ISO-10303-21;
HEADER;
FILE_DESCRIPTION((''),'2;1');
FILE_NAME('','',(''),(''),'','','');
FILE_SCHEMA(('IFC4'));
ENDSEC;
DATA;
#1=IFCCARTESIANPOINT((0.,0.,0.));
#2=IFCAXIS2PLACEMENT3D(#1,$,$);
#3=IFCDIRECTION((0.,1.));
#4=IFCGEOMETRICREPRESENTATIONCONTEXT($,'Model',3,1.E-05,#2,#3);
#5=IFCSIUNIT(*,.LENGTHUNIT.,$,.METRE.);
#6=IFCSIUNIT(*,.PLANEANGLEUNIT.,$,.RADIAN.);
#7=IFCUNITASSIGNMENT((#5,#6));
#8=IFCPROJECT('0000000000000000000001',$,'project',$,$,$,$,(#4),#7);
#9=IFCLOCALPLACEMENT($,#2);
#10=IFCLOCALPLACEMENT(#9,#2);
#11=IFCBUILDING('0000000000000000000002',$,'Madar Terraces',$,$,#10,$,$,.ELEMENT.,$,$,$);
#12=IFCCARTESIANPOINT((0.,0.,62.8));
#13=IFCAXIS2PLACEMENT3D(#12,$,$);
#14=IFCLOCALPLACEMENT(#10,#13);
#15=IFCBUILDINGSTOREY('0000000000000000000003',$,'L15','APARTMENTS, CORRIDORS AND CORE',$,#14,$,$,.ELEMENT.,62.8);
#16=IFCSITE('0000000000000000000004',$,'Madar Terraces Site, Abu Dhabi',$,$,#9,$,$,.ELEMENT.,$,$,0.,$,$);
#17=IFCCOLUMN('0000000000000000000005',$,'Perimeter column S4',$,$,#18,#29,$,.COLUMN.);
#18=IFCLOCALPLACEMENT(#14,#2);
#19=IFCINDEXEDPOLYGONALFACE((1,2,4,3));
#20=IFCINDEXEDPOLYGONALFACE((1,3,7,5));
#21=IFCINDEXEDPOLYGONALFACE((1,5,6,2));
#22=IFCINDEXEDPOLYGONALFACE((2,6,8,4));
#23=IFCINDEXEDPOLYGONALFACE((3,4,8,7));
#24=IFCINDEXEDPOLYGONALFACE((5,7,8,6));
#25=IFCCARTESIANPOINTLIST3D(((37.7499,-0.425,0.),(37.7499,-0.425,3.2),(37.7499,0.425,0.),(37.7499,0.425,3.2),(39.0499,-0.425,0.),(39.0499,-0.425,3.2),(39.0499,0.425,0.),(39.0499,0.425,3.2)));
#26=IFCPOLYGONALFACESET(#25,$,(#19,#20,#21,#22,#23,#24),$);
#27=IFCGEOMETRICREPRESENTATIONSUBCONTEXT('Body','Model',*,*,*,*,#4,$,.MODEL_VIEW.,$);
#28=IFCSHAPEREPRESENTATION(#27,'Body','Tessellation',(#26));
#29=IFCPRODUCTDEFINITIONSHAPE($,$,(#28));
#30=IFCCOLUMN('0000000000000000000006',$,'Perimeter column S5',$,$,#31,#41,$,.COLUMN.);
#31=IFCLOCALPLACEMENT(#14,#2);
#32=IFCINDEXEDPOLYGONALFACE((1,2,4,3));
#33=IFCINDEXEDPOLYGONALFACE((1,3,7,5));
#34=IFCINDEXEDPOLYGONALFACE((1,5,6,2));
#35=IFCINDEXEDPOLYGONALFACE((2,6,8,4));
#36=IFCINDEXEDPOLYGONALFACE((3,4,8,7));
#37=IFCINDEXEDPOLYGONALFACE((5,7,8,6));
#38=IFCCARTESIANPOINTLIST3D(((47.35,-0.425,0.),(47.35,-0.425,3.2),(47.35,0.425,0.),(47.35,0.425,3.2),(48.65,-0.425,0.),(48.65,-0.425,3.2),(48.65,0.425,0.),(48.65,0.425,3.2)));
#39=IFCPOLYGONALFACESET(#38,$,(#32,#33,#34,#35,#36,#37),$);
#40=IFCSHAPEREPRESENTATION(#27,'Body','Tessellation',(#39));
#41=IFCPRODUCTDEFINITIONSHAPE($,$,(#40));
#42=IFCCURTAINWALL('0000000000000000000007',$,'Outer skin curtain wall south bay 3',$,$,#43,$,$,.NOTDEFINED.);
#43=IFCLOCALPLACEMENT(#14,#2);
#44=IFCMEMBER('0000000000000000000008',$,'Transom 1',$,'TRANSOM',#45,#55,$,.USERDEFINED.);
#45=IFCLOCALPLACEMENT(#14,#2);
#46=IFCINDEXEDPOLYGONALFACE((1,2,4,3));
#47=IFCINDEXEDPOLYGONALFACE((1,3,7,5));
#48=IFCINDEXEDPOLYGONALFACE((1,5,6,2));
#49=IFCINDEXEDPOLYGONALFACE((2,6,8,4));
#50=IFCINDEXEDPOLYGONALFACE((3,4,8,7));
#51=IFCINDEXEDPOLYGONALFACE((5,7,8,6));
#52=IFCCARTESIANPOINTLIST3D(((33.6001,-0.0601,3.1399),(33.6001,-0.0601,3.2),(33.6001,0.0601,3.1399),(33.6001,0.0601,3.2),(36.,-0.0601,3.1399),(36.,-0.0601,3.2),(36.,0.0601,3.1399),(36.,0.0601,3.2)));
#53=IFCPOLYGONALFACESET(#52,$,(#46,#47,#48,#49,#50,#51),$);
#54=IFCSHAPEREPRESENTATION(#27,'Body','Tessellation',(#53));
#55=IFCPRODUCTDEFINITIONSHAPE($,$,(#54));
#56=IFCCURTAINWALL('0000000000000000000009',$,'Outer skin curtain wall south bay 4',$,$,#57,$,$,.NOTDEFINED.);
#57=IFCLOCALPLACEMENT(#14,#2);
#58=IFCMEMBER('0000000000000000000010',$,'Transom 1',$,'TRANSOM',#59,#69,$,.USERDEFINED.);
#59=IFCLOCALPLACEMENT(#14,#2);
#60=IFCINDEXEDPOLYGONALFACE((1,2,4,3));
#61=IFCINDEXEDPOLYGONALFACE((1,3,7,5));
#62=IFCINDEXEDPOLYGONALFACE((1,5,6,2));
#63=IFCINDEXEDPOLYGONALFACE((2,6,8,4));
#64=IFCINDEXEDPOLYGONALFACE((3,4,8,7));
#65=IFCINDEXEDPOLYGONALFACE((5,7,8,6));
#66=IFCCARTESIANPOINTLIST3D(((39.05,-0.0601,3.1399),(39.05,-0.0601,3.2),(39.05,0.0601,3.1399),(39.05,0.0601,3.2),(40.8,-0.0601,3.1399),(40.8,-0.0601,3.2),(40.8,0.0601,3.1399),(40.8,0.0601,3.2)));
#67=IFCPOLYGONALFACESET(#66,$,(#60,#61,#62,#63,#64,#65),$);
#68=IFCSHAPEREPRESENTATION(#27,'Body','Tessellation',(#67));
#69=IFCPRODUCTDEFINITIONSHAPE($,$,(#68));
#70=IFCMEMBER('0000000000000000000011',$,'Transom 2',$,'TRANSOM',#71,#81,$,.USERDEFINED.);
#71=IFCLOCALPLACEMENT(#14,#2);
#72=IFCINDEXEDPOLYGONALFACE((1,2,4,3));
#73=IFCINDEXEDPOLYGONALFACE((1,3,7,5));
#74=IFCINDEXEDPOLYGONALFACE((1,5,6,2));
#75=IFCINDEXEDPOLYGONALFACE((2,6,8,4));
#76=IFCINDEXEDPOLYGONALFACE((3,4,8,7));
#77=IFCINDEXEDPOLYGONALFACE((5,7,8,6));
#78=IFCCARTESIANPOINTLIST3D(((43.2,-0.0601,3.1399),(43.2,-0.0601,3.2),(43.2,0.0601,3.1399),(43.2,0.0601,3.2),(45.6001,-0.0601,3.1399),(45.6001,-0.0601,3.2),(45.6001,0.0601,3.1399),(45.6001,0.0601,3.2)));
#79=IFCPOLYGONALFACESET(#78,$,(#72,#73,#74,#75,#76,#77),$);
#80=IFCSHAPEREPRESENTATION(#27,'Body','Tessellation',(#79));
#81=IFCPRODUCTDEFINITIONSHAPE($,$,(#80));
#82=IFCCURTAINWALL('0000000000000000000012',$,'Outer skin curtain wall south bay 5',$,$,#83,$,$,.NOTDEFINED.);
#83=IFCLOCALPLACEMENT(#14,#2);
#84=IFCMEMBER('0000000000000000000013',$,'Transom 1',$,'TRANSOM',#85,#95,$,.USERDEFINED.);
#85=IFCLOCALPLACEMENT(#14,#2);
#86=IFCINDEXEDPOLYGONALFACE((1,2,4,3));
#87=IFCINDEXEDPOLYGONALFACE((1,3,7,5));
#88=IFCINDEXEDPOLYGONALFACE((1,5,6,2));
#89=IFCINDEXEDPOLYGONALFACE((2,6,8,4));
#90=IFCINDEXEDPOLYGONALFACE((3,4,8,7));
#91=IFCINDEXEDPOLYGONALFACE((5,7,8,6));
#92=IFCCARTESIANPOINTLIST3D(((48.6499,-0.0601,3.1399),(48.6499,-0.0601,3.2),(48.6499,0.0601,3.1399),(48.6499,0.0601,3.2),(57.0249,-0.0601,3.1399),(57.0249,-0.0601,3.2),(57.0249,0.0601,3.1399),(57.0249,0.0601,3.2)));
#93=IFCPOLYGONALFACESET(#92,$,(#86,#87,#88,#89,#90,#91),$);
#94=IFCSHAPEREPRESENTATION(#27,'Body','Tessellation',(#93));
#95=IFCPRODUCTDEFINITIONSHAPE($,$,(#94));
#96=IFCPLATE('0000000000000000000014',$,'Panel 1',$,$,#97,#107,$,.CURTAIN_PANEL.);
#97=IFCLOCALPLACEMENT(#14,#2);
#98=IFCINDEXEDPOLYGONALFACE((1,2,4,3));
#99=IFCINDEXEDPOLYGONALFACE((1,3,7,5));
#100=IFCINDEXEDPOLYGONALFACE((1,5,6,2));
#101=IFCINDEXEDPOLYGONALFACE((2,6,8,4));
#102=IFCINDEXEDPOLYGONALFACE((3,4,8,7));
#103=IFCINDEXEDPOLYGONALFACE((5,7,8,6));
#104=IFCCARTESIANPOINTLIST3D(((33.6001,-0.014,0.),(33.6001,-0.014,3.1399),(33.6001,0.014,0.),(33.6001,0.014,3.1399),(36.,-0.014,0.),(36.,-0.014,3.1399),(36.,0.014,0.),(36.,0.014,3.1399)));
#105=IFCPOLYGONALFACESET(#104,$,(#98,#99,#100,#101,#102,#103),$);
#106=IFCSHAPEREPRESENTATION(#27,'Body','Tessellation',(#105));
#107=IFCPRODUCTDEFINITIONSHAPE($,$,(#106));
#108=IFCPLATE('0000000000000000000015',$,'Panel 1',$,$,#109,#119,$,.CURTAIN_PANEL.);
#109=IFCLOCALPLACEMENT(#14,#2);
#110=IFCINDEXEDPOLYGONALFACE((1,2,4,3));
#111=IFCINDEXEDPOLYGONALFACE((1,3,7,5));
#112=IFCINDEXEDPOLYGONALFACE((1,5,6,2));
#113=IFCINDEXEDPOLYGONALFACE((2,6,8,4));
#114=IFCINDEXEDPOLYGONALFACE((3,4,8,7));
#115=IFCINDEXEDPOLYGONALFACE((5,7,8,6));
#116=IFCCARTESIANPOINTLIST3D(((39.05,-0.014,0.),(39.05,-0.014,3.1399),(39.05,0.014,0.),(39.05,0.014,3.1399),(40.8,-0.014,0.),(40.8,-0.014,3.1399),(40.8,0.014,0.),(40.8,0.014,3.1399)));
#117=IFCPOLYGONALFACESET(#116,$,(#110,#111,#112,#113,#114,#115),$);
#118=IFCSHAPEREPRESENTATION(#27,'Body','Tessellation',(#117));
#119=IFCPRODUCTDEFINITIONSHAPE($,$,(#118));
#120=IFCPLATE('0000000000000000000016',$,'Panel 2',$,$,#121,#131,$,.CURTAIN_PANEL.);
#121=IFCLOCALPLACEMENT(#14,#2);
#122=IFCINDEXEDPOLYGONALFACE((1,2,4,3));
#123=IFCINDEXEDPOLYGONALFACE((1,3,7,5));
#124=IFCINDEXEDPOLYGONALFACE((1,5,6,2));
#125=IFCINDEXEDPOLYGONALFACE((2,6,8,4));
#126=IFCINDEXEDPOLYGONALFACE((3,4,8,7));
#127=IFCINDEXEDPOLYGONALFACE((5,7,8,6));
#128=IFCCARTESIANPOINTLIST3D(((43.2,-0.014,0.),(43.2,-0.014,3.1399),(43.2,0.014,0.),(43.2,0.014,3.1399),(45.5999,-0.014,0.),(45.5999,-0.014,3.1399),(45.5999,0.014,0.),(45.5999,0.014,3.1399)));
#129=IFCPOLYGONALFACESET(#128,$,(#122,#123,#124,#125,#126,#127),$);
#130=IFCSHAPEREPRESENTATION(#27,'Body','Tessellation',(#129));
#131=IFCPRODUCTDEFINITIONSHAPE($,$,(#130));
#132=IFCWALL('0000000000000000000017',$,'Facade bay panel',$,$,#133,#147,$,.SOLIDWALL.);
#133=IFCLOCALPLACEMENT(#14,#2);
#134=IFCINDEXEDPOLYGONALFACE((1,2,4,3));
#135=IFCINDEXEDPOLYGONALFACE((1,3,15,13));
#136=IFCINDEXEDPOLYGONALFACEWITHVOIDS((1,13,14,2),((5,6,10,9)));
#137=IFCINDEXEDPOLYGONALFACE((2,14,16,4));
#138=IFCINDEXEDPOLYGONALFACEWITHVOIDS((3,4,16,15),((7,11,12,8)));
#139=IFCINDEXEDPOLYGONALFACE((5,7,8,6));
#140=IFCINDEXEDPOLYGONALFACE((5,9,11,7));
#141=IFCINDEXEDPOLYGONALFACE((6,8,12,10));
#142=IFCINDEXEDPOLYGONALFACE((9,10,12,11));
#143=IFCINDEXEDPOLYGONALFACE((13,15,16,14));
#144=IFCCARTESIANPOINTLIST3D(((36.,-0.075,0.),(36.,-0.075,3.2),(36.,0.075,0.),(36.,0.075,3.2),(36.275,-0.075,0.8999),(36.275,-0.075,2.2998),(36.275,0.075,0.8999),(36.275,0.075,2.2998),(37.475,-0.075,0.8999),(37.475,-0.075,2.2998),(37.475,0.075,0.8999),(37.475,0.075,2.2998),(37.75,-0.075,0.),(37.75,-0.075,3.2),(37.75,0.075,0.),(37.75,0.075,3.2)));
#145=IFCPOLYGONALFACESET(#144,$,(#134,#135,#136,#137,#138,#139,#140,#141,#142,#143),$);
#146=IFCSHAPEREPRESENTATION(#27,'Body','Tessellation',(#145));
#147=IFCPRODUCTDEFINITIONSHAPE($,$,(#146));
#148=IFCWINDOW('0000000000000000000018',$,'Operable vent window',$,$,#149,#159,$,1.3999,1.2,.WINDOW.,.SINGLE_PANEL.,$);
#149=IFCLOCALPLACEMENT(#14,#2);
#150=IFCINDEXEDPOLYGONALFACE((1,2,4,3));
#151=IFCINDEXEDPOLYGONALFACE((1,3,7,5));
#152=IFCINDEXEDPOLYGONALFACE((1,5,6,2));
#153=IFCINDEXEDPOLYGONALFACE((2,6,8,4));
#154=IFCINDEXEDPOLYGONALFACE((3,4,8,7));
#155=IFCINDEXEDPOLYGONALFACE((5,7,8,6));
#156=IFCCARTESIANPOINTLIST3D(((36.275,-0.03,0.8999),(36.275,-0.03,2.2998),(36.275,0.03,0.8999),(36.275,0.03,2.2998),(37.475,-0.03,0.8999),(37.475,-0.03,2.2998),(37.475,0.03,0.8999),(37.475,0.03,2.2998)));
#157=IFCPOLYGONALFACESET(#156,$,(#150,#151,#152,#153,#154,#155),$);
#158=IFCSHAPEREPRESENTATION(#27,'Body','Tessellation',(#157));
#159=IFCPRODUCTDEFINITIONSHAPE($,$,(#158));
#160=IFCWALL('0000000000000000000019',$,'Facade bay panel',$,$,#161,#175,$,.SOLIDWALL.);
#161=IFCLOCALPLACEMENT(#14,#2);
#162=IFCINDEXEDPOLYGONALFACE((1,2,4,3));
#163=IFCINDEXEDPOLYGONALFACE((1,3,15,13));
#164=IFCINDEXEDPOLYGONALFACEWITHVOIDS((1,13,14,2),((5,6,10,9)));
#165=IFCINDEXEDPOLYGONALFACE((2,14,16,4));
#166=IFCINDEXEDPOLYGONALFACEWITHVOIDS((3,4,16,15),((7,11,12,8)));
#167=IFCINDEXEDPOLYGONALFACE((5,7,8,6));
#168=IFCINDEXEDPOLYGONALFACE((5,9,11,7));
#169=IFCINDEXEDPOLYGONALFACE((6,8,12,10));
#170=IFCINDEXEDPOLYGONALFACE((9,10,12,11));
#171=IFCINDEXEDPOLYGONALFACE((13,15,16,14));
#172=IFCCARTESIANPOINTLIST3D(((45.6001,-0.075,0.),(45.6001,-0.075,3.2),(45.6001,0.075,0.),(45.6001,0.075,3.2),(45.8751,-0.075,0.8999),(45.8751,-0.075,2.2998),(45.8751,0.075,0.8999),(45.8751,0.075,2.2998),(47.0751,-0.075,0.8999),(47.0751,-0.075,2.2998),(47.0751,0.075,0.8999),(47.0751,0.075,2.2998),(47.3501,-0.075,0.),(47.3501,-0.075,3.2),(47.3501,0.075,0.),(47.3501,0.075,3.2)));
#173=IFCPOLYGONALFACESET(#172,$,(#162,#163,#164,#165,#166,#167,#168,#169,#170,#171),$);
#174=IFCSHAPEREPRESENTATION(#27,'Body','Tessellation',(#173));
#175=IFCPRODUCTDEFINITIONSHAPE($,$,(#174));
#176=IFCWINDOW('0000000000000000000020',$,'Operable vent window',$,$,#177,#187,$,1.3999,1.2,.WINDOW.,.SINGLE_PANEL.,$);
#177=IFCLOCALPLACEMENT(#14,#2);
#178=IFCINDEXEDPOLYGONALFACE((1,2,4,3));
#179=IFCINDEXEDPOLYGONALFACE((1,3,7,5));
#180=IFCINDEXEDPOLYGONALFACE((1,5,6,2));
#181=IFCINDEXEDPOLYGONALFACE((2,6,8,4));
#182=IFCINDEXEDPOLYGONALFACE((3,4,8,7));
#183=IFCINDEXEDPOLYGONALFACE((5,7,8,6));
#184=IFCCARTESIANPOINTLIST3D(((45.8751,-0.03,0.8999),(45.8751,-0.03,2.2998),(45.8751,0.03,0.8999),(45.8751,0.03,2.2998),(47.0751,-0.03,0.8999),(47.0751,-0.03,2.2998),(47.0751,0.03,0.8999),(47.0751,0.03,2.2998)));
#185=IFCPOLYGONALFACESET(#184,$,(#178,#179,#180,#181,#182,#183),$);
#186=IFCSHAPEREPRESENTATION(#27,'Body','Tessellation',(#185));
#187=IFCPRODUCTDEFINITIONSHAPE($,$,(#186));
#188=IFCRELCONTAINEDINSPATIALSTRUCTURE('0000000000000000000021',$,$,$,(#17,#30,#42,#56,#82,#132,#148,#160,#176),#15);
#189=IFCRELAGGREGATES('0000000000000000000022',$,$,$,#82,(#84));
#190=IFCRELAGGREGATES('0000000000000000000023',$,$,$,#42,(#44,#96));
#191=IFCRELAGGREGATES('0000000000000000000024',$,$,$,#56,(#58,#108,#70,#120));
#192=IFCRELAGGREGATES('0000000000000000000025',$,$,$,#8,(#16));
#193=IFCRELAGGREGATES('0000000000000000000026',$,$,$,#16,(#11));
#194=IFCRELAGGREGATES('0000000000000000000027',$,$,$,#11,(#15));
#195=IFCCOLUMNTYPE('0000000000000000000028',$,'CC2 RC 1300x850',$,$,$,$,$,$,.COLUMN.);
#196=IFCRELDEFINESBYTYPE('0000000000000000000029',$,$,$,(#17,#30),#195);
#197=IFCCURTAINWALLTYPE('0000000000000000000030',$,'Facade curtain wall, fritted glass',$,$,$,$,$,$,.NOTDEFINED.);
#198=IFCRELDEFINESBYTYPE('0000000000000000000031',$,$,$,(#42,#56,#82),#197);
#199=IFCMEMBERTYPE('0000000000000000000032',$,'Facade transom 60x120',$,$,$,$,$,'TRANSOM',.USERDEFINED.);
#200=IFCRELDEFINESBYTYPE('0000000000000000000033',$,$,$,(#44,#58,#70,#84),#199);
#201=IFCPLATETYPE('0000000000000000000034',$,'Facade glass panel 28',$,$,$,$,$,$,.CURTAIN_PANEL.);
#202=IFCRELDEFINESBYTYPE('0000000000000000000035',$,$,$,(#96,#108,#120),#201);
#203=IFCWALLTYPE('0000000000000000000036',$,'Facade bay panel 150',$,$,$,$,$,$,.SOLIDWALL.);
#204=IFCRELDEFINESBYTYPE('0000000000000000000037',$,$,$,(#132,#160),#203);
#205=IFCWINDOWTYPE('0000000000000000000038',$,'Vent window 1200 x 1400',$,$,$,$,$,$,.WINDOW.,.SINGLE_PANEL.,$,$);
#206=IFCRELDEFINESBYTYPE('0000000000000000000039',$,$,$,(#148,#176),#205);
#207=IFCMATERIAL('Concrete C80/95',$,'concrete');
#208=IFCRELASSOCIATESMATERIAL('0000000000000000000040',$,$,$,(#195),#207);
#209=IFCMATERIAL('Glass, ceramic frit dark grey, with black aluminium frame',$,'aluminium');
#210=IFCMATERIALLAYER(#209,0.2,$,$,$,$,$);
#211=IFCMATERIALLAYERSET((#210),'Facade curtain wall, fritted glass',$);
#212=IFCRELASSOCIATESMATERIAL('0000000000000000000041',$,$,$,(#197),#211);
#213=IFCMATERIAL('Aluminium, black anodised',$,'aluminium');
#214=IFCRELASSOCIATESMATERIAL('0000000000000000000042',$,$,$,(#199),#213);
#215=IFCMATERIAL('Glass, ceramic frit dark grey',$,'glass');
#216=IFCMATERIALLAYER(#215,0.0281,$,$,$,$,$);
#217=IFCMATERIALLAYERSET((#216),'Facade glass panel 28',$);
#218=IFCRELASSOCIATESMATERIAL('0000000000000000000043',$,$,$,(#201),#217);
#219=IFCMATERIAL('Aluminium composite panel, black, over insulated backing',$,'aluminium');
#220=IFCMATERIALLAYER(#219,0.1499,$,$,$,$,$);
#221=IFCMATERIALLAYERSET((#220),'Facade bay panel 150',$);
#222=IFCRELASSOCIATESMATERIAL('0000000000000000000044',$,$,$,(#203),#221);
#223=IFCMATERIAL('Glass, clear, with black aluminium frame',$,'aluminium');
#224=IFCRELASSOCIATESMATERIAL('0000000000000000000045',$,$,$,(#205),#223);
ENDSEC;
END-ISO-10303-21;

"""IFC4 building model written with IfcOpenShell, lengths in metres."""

from ifc_helpers import new_model, si_unit, direction, frame, frame_2d, origin, origin_2d, place, context, subcontext, project, spatial, rectangle, extrude, material, layer, layer_set, material_profile, profile_set, type_object, element, fill, aggregate, save


model = new_model("IFC4")

# Units and contexts
model_context = context("Model", 3, precision=1e-05, world=origin(), true_north=direction((0.0, 1.0)))
body_context = subcontext(model_context, "Body", "Model", "MODEL_VIEW")
ifc_project = project(units=[si_unit("LENGTHUNIT", "METRE"), si_unit("PLANEANGLEUNIT", "RADIAN")], contexts=[model_context])

# Site, building, storey
site_placement = place(None, origin())
site = spatial("IfcSite", under=ifc_project, at=site_placement, Name="Madar Terraces Site, Abu Dhabi", CompositionType="ELEMENT", RefElevation=0.0)
building_placement = place(site_placement, origin())
building = spatial("IfcBuilding", under=site, at=building_placement, Name="Madar Terraces", CompositionType="ELEMENT")
storey_placement = place(building_placement, frame((0.0, 0.0, 62.8)))
storey = spatial("IfcBuildingStorey", under=building, at=storey_placement, Name="L15", Description="APARTMENTS, CORRIDORS AND CORE", CompositionType="ELEMENT", Elevation=62.8)

# Columns
ifc_material_1 = material(Name="Concrete C80/95", Category="concrete")
ifc_material_profile_1 = material_profile(ifc_material_1, rectangle(XDim=1.3, YDim=0.8501, at=origin_2d()), Name="CC2 RC 1300x850")
ifc_profile_set_1 = profile_set([ifc_material_profile_1], Name="Concrete C80/95")
column_type = type_object("IfcColumnType", Name="CC2 RC 1300x850", PredefinedType="COLUMN", material=ifc_profile_set_1)
for number, where, z_axis, x_axis, name in (
    (1, (38.3999, 0.0, 0.0), (0.0, 0.0, 1.0), (1.0, 0.0, 0.0), "Perimeter column S4"),
    (2, (48.0, 0.0, 0.0), (0.0, 0.0, 1.0), (1.0, 0.0, 0.0), "Perimeter column S5"),
):
    element("IfcColumn", number, at=place(storey_placement, frame(where, z_axis=z_axis, x_axis=x_axis)), inside=storey, type_object=column_type, Name=name, PredefinedType="COLUMN", context=body_context, shape_type="SweptSolid", body=[
        extrude(rectangle(XDim=1.3, YDim=0.8501, at=origin_2d()), origin(), (0.0, 0.0, 1.0), 3.2),
    ])

# Curtain wall, member
ifc_material_2 = material(Name="Glass, ceramic frit dark grey, with black aluminium frame", Category="aluminium")
ifc_layer_1 = layer(ifc_material_2, 0.2)
ifc_layer_set_1 = layer_set([ifc_layer_1], Name="Facade curtain wall, fritted glass")
curtain_wall_type = type_object("IfcCurtainWallType", Name="Facade curtain wall, fritted glass", PredefinedType="NOTDEFINED", material=ifc_layer_set_1)
curtain_wall_1_placement = place(storey_placement, origin())
curtain_wall_1 = element("IfcCurtainWall", 3, at=curtain_wall_1_placement, inside=storey, type_object=curtain_wall_type, Name="Outer skin curtain wall south bay 3", PredefinedType="NOTDEFINED")
ifc_material_3 = material(Name="Aluminium, black anodised", Category="aluminium")
ifc_material_profile_2 = material_profile(ifc_material_3, rectangle(XDim=0.1201, YDim=0.0601, at=origin_2d()), Name="Facade transom 60x120")
ifc_profile_set_2 = profile_set([ifc_material_profile_2], Name="Aluminium, black anodised")
member_type = type_object("IfcMemberType", Name="Facade transom 60x120", ElementType="TRANSOM", PredefinedType="USERDEFINED", material=ifc_profile_set_2)
member_1_placement = place(storey_placement, frame((33.6001, 0.0, 3.1699), z_axis=(1.0, 0.0, 0.0), x_axis=(0.0, 1.0, 0.0)))
member_1 = element("IfcMember", 4, at=member_1_placement, type_object=member_type, Name="Transom 1", ObjectType="TRANSOM", PredefinedType="USERDEFINED", context=body_context, shape_type="SweptSolid", body=[
    extrude(rectangle(XDim=0.1201, YDim=0.0601, at=origin_2d()), origin(), (0.0, 0.0, 1.0), 2.3999),
])

# Curtain wall, members
curtain_wall_2_placement = place(storey_placement, origin())
curtain_wall_2 = element("IfcCurtainWall", 5, at=curtain_wall_2_placement, inside=storey, type_object=curtain_wall_type, Name="Outer skin curtain wall south bay 4", PredefinedType="NOTDEFINED")
member_2_placement = place(storey_placement, frame((39.05, 0.0, 3.1699), z_axis=(1.0, 0.0, 0.0), x_axis=(0.0, 1.0, 0.0)))
member_2 = element("IfcMember", 6, at=member_2_placement, type_object=member_type, Name="Transom 1", ObjectType="TRANSOM", PredefinedType="USERDEFINED", context=body_context, shape_type="SweptSolid", body=[
    extrude(rectangle(XDim=0.1201, YDim=0.0601, at=origin_2d()), origin(), (0.0, 0.0, 1.0), 1.75),
])
member_3_placement = place(storey_placement, frame((43.2, 0.0, 3.1699), z_axis=(1.0, 0.0, 0.0), x_axis=(0.0, 1.0, 0.0)))
member_3 = element("IfcMember", 7, at=member_3_placement, type_object=member_type, Name="Transom 2", ObjectType="TRANSOM", PredefinedType="USERDEFINED", context=body_context, shape_type="SweptSolid", body=[
    extrude(rectangle(XDim=0.1201, YDim=0.0601, at=origin_2d()), origin(), (0.0, 0.0, 1.0), 2.4001),
])

# Curtain wall, member
curtain_wall_3_placement = place(storey_placement, origin())
curtain_wall_3 = element("IfcCurtainWall", 8, at=curtain_wall_3_placement, inside=storey, type_object=curtain_wall_type, Name="Outer skin curtain wall south bay 5", PredefinedType="NOTDEFINED")
member_4_placement = place(storey_placement, frame((48.6499, 0.0, 3.1699), z_axis=(1.0, 0.0, 0.0), x_axis=(0.0, 1.0, 0.0)))
member_4 = element("IfcMember", 9, at=member_4_placement, type_object=member_type, Name="Transom 1", ObjectType="TRANSOM", PredefinedType="USERDEFINED", context=body_context, shape_type="SweptSolid", body=[
    extrude(rectangle(XDim=0.1201, YDim=0.0601, at=origin_2d()), origin(), (0.0, 0.0, 1.0), 8.375),
])
aggregate(curtain_wall_3, [member_4])

# Plates
ifc_material_4 = material(Name="Glass, ceramic frit dark grey", Category="glass")
ifc_layer_2 = layer(ifc_material_4, 0.0281)
ifc_layer_set_2 = layer_set([ifc_layer_2], Name="Facade glass panel 28")
plate_type = type_object("IfcPlateType", Name="Facade glass panel 28", PredefinedType="CURTAIN_PANEL", material=ifc_layer_set_2)
plate_1_placement = place(storey_placement, frame((34.8, 0.0, 0.0), z_axis=(0.0, 0.0, 1.0), x_axis=(1.0, 0.0, 0.0)))
plate_1 = element("IfcPlate", 10, at=plate_1_placement, type_object=plate_type, Name="Panel 1", PredefinedType="CURTAIN_PANEL", context=body_context, shape_type="SweptSolid", body=[
    extrude(rectangle(XDim=2.3999, YDim=0.0281, at=origin_2d()), origin(), (0.0, 0.0, 1.0), 3.1399),
])
aggregate(curtain_wall_1, [member_1, plate_1])
plate_2_placement = place(storey_placement, frame((39.925, 0.0, 0.0), z_axis=(0.0, 0.0, 1.0), x_axis=(1.0, 0.0, 0.0)))
plate_2 = element("IfcPlate", 11, at=plate_2_placement, type_object=plate_type, Name="Panel 1", PredefinedType="CURTAIN_PANEL", context=body_context, shape_type="SweptSolid", body=[
    extrude(rectangle(XDim=1.75, YDim=0.0281, at=origin_2d()), origin(), (0.0, 0.0, 1.0), 3.1399),
])
plate_3_placement = place(storey_placement, frame((44.3999, 0.0, 0.0), z_axis=(0.0, 0.0, 1.0), x_axis=(1.0, 0.0, 0.0)))
plate_3 = element("IfcPlate", 12, at=plate_3_placement, type_object=plate_type, Name="Panel 2", PredefinedType="CURTAIN_PANEL", context=body_context, shape_type="SweptSolid", body=[
    extrude(rectangle(XDim=2.3999, YDim=0.0281, at=origin_2d()), origin(), (0.0, 0.0, 1.0), 3.1399),
])
aggregate(curtain_wall_2, [member_2, plate_2, member_3, plate_3])

# Wall, opening, window
ifc_material_5 = material(Name="Aluminium composite panel, black, over insulated backing", Category="aluminium")
ifc_layer_3 = layer(ifc_material_5, 0.1499)
ifc_layer_set_3 = layer_set([ifc_layer_3], Name="Facade bay panel 150")
wall_type_1 = type_object("IfcWallType", Name="Facade bay panel 150", PredefinedType="SOLIDWALL", material=ifc_layer_set_3)
wall_1_placement = place(storey_placement, frame((36.0, 0.0, 0.0), z_axis=(0.0, 0.0, 1.0), x_axis=(1.0, 0.0, 0.0)))
wall_1 = element("IfcWall", 13, at=wall_1_placement, inside=storey, type_object=wall_type_1, Name="Facade bay panel", PredefinedType="SOLIDWALL", context=body_context, shape_type="SweptSolid", body=[
    extrude(rectangle(XDim=1.75, YDim=0.1499, at=frame_2d((0.875, 0.0))), origin(), (0.0, 0.0, 1.0), 3.2),
])
opening_1_placement = place(wall_1_placement, frame((0.2749, 0.0, 0.8999)))
opening_1 = element("IfcOpeningElement", 14, at=opening_1_placement, cuts=wall_1, PredefinedType="OPENING", context=body_context, shape_type="SweptSolid", body=[
    extrude(rectangle(XDim=1.2, YDim=1.3999, at=frame_2d((0.6001, 0.7))), frame((0.0, 0.085, 0.0), z_axis=(0.0, -1.0, 0.0), x_axis=(1.0, 0.0, 0.0)), (0.0, 0.0, 1.0), 0.1699),
])
ifc_material_6 = material(Name="Glass, clear, with black aluminium frame", Category="aluminium")
window_type = type_object("IfcWindowType", Name="Vent window 1200 x 1400", PartitioningType="SINGLE_PANEL", PredefinedType="WINDOW", material=ifc_material_6)
window_1_placement = place(opening_1_placement, origin())
window_1 = element("IfcWindow", 15, at=window_1_placement, inside=storey, type_object=window_type, Name="Operable vent window", OverallHeight=1.3999, OverallWidth=1.2, PartitioningType="SINGLE_PANEL", PredefinedType="WINDOW", context=body_context, shape_type="SweptSolid", body=[
    extrude(rectangle(XDim=1.2, YDim=1.3999, at=frame_2d((0.6001, 0.7))), frame((0.0, 0.03, 0.0), z_axis=(0.0, -1.0, 0.0), x_axis=(1.0, 0.0, 0.0)), (0.0, 0.0, 1.0), 0.0601),
])
fill(opening_1, window_1)

# Wall, opening, window
wall_2_placement = place(storey_placement, frame((45.6001, 0.0, 0.0), z_axis=(0.0, 0.0, 1.0), x_axis=(1.0, 0.0, 0.0)))
wall_2 = element("IfcWall", 16, at=wall_2_placement, inside=storey, type_object=wall_type_1, Name="Facade bay panel", PredefinedType="SOLIDWALL", context=body_context, shape_type="SweptSolid", body=[
    extrude(rectangle(XDim=1.75, YDim=0.1499, at=frame_2d((0.875, 0.0))), origin(), (0.0, 0.0, 1.0), 3.2),
])
opening_2_placement = place(wall_2_placement, frame((0.2749, 0.0, 0.8999)))
opening_2 = element("IfcOpeningElement", 17, at=opening_2_placement, cuts=wall_2, PredefinedType="OPENING", context=body_context, shape_type="SweptSolid", body=[
    extrude(rectangle(XDim=1.2, YDim=1.3999, at=frame_2d((0.6001, 0.7))), frame((0.0, 0.085, 0.0), z_axis=(0.0, -1.0, 0.0), x_axis=(1.0, 0.0, 0.0)), (0.0, 0.0, 1.0), 0.1699),
])
window_2_placement = place(opening_2_placement, origin())
window_2 = element("IfcWindow", 18, at=window_2_placement, inside=storey, type_object=window_type, Name="Operable vent window", OverallHeight=1.3999, OverallWidth=1.2, PartitioningType="SINGLE_PANEL", PredefinedType="WINDOW", context=body_context, shape_type="SweptSolid", body=[
    extrude(rectangle(XDim=1.2, YDim=1.3999, at=frame_2d((0.6001, 0.7))), frame((0.0, 0.03, 0.0), z_axis=(0.0, -1.0, 0.0), x_axis=(1.0, 0.0, 0.0)), (0.0, 0.0, 1.0), 0.0601),
])
fill(opening_2, window_2)

save(model, "model.ifc")
